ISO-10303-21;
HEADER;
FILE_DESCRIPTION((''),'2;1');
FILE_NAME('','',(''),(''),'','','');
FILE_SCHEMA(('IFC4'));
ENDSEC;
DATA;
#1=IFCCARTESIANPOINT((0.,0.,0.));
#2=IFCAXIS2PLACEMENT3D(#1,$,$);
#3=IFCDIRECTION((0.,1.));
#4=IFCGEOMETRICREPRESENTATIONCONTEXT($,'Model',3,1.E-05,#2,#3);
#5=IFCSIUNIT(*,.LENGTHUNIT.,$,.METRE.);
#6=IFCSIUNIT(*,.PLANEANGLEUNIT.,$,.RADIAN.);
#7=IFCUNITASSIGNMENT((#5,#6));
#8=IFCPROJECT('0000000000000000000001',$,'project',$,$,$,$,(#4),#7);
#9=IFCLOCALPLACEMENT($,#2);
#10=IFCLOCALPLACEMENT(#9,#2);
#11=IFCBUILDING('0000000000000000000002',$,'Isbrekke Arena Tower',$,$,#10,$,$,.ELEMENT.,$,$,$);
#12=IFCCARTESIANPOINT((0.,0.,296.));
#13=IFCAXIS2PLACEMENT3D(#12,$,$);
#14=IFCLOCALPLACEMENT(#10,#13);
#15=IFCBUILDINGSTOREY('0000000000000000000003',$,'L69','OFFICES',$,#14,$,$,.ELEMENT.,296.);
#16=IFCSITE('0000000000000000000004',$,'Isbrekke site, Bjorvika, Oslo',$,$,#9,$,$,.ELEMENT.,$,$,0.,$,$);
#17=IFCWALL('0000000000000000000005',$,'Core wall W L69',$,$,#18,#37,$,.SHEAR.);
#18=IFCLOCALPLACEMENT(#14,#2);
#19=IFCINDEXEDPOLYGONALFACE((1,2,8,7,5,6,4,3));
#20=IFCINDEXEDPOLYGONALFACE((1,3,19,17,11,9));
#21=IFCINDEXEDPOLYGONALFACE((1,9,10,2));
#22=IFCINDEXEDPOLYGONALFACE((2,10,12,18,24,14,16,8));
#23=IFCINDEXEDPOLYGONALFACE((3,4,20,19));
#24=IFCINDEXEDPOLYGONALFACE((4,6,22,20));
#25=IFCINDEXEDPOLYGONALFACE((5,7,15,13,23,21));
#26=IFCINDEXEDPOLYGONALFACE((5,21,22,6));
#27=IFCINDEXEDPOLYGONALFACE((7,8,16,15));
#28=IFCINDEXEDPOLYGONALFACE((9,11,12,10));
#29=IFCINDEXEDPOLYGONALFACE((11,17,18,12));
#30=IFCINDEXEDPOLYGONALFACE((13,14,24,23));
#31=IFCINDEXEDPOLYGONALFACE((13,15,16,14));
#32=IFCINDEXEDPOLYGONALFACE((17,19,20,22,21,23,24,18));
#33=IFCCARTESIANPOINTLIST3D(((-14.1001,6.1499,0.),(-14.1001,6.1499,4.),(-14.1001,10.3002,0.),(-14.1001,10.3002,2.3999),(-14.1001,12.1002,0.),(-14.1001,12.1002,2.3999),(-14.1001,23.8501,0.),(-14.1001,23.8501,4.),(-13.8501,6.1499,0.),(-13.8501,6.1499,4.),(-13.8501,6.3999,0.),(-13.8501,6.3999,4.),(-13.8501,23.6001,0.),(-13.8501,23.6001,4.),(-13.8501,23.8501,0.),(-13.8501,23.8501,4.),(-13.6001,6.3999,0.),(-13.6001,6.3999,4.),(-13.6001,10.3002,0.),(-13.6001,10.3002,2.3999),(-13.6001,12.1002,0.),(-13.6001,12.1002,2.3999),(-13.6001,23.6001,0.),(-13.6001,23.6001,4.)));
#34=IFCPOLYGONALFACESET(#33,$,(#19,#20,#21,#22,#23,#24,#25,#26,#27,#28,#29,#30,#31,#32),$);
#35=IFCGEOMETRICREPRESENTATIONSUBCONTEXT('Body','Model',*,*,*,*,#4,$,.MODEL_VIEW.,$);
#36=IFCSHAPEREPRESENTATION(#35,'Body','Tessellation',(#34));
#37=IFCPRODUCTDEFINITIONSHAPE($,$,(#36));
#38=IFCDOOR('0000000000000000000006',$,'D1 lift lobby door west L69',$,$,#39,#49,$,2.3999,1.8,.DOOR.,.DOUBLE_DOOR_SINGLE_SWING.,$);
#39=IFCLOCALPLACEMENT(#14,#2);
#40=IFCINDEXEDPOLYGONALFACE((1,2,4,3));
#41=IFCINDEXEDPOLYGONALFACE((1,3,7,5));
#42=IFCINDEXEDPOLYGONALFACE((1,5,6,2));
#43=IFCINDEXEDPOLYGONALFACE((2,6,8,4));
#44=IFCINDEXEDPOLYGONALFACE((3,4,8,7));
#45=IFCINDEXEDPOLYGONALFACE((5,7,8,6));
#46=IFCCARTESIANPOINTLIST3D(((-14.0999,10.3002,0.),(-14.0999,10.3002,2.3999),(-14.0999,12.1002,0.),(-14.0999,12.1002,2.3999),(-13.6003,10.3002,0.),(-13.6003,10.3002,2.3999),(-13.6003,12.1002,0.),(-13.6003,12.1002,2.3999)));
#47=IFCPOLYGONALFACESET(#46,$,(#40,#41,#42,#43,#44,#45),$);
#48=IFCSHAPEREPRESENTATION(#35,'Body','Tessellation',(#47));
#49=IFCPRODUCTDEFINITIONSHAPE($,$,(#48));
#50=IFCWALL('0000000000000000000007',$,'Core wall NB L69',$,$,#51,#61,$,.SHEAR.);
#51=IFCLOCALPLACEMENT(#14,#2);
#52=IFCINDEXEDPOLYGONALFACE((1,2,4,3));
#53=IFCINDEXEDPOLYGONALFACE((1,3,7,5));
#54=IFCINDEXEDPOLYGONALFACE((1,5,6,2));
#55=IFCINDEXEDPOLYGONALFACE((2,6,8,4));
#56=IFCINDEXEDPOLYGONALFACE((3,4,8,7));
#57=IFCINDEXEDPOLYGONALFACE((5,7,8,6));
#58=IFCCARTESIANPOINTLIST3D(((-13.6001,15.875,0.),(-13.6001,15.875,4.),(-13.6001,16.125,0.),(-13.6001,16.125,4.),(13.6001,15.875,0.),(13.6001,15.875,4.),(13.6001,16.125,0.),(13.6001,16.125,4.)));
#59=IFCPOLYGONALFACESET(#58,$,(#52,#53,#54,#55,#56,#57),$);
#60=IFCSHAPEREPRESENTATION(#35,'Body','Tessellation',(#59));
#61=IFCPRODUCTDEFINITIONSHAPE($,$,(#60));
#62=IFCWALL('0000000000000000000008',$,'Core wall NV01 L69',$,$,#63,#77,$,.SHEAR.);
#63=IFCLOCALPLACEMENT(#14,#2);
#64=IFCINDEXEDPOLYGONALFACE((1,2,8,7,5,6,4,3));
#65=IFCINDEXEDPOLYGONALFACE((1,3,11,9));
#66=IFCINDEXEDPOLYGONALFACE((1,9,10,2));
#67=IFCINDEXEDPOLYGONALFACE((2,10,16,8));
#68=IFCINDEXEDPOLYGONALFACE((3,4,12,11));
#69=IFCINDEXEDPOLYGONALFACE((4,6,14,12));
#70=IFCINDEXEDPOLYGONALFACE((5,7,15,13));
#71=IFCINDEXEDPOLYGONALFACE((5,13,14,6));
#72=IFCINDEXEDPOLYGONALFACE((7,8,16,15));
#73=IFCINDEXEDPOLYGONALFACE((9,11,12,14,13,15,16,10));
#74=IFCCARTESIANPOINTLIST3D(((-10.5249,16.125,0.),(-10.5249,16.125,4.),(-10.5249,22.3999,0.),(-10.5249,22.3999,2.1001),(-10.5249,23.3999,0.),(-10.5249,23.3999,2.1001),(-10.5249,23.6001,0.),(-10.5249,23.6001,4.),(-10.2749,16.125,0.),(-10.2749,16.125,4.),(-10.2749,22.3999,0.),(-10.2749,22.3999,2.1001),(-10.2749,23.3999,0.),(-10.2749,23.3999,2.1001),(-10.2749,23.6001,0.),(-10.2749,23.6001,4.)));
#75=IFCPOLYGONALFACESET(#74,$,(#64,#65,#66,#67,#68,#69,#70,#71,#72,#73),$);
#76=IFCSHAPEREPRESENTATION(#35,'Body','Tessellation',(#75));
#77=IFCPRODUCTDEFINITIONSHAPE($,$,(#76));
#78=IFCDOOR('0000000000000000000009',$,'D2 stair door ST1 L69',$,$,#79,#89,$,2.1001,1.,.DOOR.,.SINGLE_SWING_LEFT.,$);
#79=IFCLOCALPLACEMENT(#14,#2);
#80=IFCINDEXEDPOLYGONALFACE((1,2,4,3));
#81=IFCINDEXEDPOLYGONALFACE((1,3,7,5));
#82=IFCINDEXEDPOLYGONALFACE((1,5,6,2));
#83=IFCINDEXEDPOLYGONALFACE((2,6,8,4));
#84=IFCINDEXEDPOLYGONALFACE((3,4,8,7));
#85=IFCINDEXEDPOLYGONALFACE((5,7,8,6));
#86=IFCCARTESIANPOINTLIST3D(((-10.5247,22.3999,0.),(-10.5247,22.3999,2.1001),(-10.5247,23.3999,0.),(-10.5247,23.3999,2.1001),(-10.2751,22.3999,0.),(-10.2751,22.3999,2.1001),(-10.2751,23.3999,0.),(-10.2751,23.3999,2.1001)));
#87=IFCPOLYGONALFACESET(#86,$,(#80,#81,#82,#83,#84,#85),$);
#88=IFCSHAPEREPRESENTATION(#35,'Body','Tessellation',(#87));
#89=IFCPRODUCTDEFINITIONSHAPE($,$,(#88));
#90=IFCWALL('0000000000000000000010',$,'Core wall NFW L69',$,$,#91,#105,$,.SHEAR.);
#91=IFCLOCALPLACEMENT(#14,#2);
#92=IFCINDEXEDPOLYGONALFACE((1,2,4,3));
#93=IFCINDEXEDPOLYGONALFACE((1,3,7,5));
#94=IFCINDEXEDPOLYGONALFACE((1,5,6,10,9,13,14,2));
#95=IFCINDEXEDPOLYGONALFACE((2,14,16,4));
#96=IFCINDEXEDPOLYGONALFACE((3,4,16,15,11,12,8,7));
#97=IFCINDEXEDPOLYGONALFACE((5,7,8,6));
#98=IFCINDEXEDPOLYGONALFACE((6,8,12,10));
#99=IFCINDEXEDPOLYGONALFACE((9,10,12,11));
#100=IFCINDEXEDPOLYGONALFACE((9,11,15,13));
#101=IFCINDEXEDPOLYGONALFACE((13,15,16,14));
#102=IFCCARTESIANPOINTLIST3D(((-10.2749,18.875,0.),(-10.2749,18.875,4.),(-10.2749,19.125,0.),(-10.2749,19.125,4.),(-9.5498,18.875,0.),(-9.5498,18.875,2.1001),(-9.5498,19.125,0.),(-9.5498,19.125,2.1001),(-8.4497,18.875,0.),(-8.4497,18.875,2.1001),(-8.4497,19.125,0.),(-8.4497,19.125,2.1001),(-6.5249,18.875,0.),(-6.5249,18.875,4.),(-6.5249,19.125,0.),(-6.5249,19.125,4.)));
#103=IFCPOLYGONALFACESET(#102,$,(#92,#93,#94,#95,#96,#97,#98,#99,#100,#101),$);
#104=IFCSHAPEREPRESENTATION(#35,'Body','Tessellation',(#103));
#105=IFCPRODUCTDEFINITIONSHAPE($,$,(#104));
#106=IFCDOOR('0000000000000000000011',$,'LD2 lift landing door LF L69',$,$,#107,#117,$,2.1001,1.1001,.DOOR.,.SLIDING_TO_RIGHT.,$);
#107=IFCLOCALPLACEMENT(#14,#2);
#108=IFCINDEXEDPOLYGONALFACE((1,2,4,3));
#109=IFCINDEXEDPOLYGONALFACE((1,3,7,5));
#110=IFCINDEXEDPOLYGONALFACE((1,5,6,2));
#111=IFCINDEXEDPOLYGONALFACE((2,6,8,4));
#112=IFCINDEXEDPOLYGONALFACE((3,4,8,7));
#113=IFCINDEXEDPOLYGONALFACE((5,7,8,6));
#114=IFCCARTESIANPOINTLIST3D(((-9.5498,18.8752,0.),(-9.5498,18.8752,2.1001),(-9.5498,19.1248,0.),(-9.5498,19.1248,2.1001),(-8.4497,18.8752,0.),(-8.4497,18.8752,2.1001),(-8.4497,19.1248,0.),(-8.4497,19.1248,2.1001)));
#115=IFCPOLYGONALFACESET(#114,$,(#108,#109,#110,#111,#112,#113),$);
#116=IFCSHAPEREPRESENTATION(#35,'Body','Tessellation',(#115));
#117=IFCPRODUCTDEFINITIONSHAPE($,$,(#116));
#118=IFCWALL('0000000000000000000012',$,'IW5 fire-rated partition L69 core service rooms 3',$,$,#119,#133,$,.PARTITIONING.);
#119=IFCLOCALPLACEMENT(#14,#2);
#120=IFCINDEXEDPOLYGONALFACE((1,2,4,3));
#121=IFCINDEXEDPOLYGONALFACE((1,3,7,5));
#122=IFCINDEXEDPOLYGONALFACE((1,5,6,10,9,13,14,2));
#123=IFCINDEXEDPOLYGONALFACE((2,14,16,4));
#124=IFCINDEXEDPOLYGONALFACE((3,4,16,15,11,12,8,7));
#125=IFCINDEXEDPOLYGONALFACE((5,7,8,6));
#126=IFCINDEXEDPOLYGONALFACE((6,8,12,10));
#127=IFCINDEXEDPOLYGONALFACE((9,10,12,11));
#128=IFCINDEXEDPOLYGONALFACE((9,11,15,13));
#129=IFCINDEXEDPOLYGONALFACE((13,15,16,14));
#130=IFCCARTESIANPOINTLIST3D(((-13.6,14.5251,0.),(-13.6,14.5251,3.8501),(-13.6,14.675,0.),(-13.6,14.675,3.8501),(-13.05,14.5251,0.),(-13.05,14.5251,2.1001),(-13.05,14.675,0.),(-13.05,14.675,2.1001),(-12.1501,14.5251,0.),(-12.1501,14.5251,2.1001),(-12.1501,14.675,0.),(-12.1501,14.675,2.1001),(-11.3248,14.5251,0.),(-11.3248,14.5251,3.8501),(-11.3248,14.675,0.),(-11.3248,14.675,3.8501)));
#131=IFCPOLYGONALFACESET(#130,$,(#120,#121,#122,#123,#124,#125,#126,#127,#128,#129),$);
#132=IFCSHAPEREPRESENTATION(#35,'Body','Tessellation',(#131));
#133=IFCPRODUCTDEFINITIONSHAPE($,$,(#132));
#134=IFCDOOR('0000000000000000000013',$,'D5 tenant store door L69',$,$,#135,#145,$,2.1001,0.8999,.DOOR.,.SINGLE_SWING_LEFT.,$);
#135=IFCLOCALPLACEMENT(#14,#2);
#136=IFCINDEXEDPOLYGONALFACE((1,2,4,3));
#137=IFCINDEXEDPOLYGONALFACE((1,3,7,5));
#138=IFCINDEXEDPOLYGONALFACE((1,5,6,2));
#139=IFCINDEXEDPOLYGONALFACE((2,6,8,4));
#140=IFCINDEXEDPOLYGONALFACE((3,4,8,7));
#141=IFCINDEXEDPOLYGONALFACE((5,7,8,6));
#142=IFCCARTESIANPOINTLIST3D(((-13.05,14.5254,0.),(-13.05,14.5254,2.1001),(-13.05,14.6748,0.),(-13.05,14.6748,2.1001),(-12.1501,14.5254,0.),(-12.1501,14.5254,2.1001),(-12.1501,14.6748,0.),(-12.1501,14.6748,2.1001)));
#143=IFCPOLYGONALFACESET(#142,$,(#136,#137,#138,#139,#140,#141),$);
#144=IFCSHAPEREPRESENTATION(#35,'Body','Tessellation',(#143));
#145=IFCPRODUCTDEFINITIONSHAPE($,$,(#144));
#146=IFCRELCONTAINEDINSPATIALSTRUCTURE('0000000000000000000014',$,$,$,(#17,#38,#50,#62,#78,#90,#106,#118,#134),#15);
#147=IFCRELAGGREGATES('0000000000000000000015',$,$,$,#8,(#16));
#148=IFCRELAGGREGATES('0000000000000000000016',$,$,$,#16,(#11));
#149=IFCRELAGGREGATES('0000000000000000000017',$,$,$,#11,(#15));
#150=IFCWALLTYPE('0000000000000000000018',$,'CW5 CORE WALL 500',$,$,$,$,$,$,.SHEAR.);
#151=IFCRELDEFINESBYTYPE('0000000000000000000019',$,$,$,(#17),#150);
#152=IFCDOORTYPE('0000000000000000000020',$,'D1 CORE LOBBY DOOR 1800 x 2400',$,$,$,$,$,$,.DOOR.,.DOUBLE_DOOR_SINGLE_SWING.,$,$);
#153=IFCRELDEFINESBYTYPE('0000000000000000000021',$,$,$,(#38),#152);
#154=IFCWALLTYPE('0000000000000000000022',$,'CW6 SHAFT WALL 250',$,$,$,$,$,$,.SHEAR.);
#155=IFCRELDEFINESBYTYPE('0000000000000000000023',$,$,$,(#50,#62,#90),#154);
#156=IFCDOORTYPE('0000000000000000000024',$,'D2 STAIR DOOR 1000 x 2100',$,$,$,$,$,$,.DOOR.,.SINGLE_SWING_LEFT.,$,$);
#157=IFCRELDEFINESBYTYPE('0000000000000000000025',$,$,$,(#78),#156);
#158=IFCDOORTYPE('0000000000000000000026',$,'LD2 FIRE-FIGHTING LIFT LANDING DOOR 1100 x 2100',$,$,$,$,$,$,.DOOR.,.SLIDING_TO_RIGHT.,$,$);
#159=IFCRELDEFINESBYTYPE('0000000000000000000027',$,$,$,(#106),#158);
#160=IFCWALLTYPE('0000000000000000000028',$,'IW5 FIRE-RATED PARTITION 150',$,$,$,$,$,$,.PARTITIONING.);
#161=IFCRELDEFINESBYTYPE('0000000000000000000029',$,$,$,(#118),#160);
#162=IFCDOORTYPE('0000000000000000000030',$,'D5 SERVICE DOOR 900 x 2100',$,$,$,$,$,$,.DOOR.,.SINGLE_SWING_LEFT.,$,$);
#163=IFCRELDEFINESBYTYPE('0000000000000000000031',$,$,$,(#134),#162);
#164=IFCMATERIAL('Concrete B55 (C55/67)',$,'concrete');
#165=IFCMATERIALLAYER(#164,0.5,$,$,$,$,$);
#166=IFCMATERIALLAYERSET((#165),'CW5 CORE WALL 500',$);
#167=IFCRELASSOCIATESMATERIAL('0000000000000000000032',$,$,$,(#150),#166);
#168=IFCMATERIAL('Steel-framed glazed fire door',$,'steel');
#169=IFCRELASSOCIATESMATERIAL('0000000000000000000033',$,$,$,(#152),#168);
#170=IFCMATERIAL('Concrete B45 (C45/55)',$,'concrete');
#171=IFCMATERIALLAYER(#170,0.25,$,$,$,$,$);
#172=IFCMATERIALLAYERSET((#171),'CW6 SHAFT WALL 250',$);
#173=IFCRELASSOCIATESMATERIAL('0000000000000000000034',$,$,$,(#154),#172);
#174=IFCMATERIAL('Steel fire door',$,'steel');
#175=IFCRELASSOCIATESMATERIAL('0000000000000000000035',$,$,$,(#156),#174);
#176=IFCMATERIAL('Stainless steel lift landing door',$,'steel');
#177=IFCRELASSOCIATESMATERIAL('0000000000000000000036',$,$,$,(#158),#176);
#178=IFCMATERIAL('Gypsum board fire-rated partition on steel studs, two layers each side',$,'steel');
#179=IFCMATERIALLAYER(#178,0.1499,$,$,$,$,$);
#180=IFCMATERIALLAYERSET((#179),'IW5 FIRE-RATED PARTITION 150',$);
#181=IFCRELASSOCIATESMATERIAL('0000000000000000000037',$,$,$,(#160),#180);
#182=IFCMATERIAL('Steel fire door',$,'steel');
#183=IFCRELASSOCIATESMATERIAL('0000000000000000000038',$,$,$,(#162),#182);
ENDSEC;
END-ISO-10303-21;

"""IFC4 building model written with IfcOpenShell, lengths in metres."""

from ifc_helpers import new_model, si_unit, direction, frame, frame_2d, origin, place, context, subcontext, project, spatial, polyline, rectangle, outline, extrude, material, layer, layer_set, type_object, element, fill, save


model = new_model("IFC4")

# Units and contexts
model_context = context("Model", 3, precision=1e-05, world=origin(), true_north=direction((0.0, 1.0)))
body_context = subcontext(model_context, "Body", "Model", "MODEL_VIEW")
ifc_project = project(units=[si_unit("LENGTHUNIT", "METRE"), si_unit("PLANEANGLEUNIT", "RADIAN")], contexts=[model_context])

# Site, building, storey
site_placement = place(None, origin())
site = spatial("IfcSite", under=ifc_project, at=site_placement, Name="Isbrekke site, Bjorvika, Oslo", CompositionType="ELEMENT", RefElevation=0.0)
building_placement = place(site_placement, origin())
building = spatial("IfcBuilding", under=site, at=building_placement, Name="Isbrekke Arena Tower", CompositionType="ELEMENT")
storey_placement = place(building_placement, frame((0.0, 0.0, 296.0)))
storey = spatial("IfcBuildingStorey", under=building, at=storey_placement, Name="L69", Description="OFFICES", CompositionType="ELEMENT", Elevation=296.0)

# Wall, opening, door
ifc_material_1 = material(Name="Concrete B55 (C55/67)", Category="concrete")
ifc_layer_1 = layer(ifc_material_1, 0.5)
ifc_layer_set_1 = layer_set([ifc_layer_1], Name="CW5 CORE WALL 500")
wall_type_1 = type_object("IfcWallType", Name="CW5 CORE WALL 500", PredefinedType="SHEAR", material=ifc_layer_set_1)
wall_1_placement = place(storey_placement, frame((-13.8501, 23.8501, 0.0), z_axis=(0.0, 0.0, 1.0), x_axis=(0.0, -1.0, 0.0)))
wall_1 = element("IfcWall", 1, at=wall_1_placement, inside=storey, type_object=wall_type_1, Name="Core wall W L69", PredefinedType="SHEAR", context=body_context, shape_type="SweptSolid", body=[
    extrude(outline(polyline([(0.0, -0.25), (17.7002, -0.25), (17.7002, 0.0), (17.4502, 0.0), (17.4502, 0.25), (0.25, 0.25), (0.25, 0.0), (0.0, 0.0), (0.0, -0.25)])), origin(), (0.0, 0.0, 1.0), 4.0),
])
opening_1_placement = place(wall_1_placement, frame((11.75, 0.0, 0.0)))
opening_1 = element("IfcOpeningElement", 2, at=opening_1_placement, cuts=wall_1, PredefinedType="OPENING", context=body_context, shape_type="SweptSolid", body=[
    extrude(rectangle(XDim=1.8, YDim=2.3999, at=frame_2d((0.8999, 1.2))), frame((0.0, 0.2649, 0.0), z_axis=(0.0, -1.0, 0.0), x_axis=(1.0, 0.0, 0.0)), (0.0, 0.0, 1.0), 0.5298),
])
ifc_material_2 = material(Name="Steel-framed glazed fire door", Category="steel")
door_type_1 = type_object("IfcDoorType", Name="D1 CORE LOBBY DOOR 1800 x 2400", OperationType="DOUBLE_DOOR_SINGLE_SWING", PredefinedType="DOOR", material=ifc_material_2)
door_1_placement = place(opening_1_placement, origin())
door_1 = element("IfcDoor", 3, at=door_1_placement, inside=storey, type_object=door_type_1, Name="D1 lift lobby door west L69", OperationType="DOUBLE_DOOR_SINGLE_SWING", OverallHeight=2.3999, OverallWidth=1.8, PredefinedType="DOOR", context=body_context, shape_type="SweptSolid", body=[
    extrude(rectangle(XDim=1.8, YDim=2.3999, at=frame_2d((0.8999, 1.2))), frame((0.0, 0.2498, 0.0), z_axis=(0.0, -1.0, 0.0), x_axis=(1.0, 0.0, 0.0)), (0.0, 0.0, 1.0), 0.4995),
])
fill(opening_1, door_1)

# Wall
ifc_material_3 = material(Name="Concrete B45 (C45/55)", Category="concrete")
ifc_layer_2 = layer(ifc_material_3, 0.25)
ifc_layer_set_2 = layer_set([ifc_layer_2], Name="CW6 SHAFT WALL 250")
wall_type_2 = type_object("IfcWallType", Name="CW6 SHAFT WALL 250", PredefinedType="SHEAR", material=ifc_layer_set_2)
wall_2_placement = place(storey_placement, frame((-13.6001, 16.0, 0.0), z_axis=(0.0, 0.0, 1.0), x_axis=(1.0, 0.0, 0.0)))
element("IfcWall", 4, at=wall_2_placement, inside=storey, type_object=wall_type_2, Name="Core wall NB L69", PredefinedType="SHEAR", context=body_context, shape_type="SweptSolid", body=[
    extrude(rectangle(XDim=27.2002, YDim=0.25, at=frame_2d((13.6001, 0.0))), origin(), (0.0, 0.0, 1.0), 4.0),
])

# Walls, openings, doors
wall_3_placement = place(storey_placement, frame((-10.3999, 16.125, 0.0), z_axis=(0.0, 0.0, 1.0), x_axis=(0.0, 1.0, 0.0)))
wall_3 = element("IfcWall", 5, at=wall_3_placement, inside=storey, type_object=wall_type_2, Name="Core wall NV01 L69", PredefinedType="SHEAR", context=body_context, shape_type="SweptSolid", body=[
    extrude(rectangle(XDim=7.4751, YDim=0.25, at=frame_2d((3.7375, 0.0))), origin(), (0.0, 0.0, 1.0), 4.0),
])
opening_2_placement = place(wall_3_placement, frame((6.2749, 0.0, 0.0)))
opening_2 = element("IfcOpeningElement", 6, at=opening_2_placement, cuts=wall_3, PredefinedType="OPENING", context=body_context, shape_type="SweptSolid", body=[
    extrude(rectangle(XDim=1.0, YDim=2.1001, at=frame_2d((0.5, 1.05))), frame((0.0, 0.1399, 0.0), z_axis=(0.0, -1.0, 0.0), x_axis=(1.0, 0.0, 0.0)), (0.0, 0.0, 1.0), 0.2798),
])
ifc_material_4 = material(Name="Steel fire door", Category="steel")
door_type_2 = type_object("IfcDoorType", Name="D2 STAIR DOOR 1000 x 2100", OperationType="SINGLE_SWING_LEFT", PredefinedType="DOOR", material=ifc_material_4)
door_2_placement = place(opening_2_placement, origin())
door_2 = element("IfcDoor", 7, at=door_2_placement, inside=storey, type_object=door_type_2, Name="D2 stair door ST1 L69", OperationType="SINGLE_SWING_LEFT", OverallHeight=2.1001, OverallWidth=1.0, PredefinedType="DOOR", context=body_context, shape_type="SweptSolid", body=[
    extrude(rectangle(XDim=1.0, YDim=2.1001, at=frame_2d((0.5, 1.05))), frame((0.0, 0.1248, 0.0), z_axis=(0.0, -1.0, 0.0), x_axis=(1.0, 0.0, 0.0)), (0.0, 0.0, 1.0), 0.2495),
])
fill(opening_2, door_2)
wall_4_placement = place(storey_placement, frame((-10.2749, 19.0, 0.0), z_axis=(0.0, 0.0, 1.0), x_axis=(1.0, 0.0, 0.0)))
wall_4 = element("IfcWall", 8, at=wall_4_placement, inside=storey, type_object=wall_type_2, Name="Core wall NFW L69", PredefinedType="SHEAR", context=body_context, shape_type="SweptSolid", body=[
    extrude(rectangle(XDim=3.75, YDim=0.25, at=frame_2d((1.875, 0.0))), origin(), (0.0, 0.0, 1.0), 4.0),
])
opening_3_placement = place(wall_4_placement, frame((0.7251, 0.0, 0.0)))
opening_3 = element("IfcOpeningElement", 9, at=opening_3_placement, cuts=wall_4, PredefinedType="OPENING", context=body_context, shape_type="SweptSolid", body=[
    extrude(rectangle(XDim=1.1001, YDim=2.1001, at=frame_2d((0.55, 1.05))), frame((0.0, 0.1399, 0.0), z_axis=(0.0, -1.0, 0.0), x_axis=(1.0, 0.0, 0.0)), (0.0, 0.0, 1.0), 0.2798),
])
ifc_material_5 = material(Name="Stainless steel lift landing door", Category="steel")
door_type_3 = type_object("IfcDoorType", Name="LD2 FIRE-FIGHTING LIFT LANDING DOOR 1100 x 2100", OperationType="SLIDING_TO_RIGHT", PredefinedType="DOOR", material=ifc_material_5)
door_3_placement = place(opening_3_placement, origin())
door_3 = element("IfcDoor", 10, at=door_3_placement, inside=storey, type_object=door_type_3, Name="LD2 lift landing door LF L69", OperationType="SLIDING_TO_RIGHT", OverallHeight=2.1001, OverallWidth=1.1001, PredefinedType="DOOR", context=body_context, shape_type="SweptSolid", body=[
    extrude(rectangle(XDim=1.1001, YDim=2.1001, at=frame_2d((0.55, 1.05))), frame((0.0, 0.1248, 0.0), z_axis=(0.0, -1.0, 0.0), x_axis=(1.0, 0.0, 0.0)), (0.0, 0.0, 1.0), 0.2495),
])
fill(opening_3, door_3)
ifc_material_6 = material(Name="Gypsum board fire-rated partition on steel studs, two layers each side", Category="steel")
ifc_layer_3 = layer(ifc_material_6, 0.1499)
ifc_layer_set_3 = layer_set([ifc_layer_3], Name="IW5 FIRE-RATED PARTITION 150")
wall_type_3 = type_object("IfcWallType", Name="IW5 FIRE-RATED PARTITION 150", PredefinedType="PARTITIONING", material=ifc_layer_set_3)
wall_5_placement = place(storey_placement, frame((-13.6001, 14.6001, 0.0), z_axis=(0.0, 0.0, 1.0), x_axis=(1.0, 0.0, 0.0)))
wall_5 = element("IfcWall", 11, at=wall_5_placement, inside=storey, type_object=wall_type_3, Name="IW5 fire-rated partition L69 core service rooms 3", PredefinedType="PARTITIONING", context=body_context, shape_type="SweptSolid", body=[
    extrude(rectangle(XDim=2.2751, YDim=0.1499, at=frame_2d((1.1377, 0.0))), origin(), (0.0, 0.0, 1.0), 3.8501),
])
opening_4_placement = place(wall_5_placement, frame((0.55, 0.0, 0.0)))
opening_4 = element("IfcOpeningElement", 12, at=opening_4_placement, cuts=wall_5, PredefinedType="OPENING", context=body_context, shape_type="SweptSolid", body=[
    extrude(rectangle(XDim=0.8999, YDim=2.1001, at=frame_2d((0.45, 1.05))), frame((0.0, 0.0898, 0.0), z_axis=(0.0, -1.0, 0.0), x_axis=(1.0, 0.0, 0.0)), (0.0, 0.0, 1.0), 0.1797),
])
ifc_material_7 = material(Name="Steel fire door", Category="steel")
door_type_4 = type_object("IfcDoorType", Name="D5 SERVICE DOOR 900 x 2100", OperationType="SINGLE_SWING_LEFT", PredefinedType="DOOR", material=ifc_material_7)
door_4_placement = place(opening_4_placement, origin())
door_4 = element("IfcDoor", 13, at=door_4_placement, inside=storey, type_object=door_type_4, Name="D5 tenant store door L69", OperationType="SINGLE_SWING_LEFT", OverallHeight=2.1001, OverallWidth=0.8999, PredefinedType="DOOR", context=body_context, shape_type="SweptSolid", body=[
    extrude(rectangle(XDim=0.8999, YDim=2.1001, at=frame_2d((0.45, 1.05))), frame((0.0, 0.0747, 0.0), z_axis=(0.0, -1.0, 0.0), x_axis=(1.0, 0.0, 0.0)), (0.0, 0.0, 1.0), 0.1494),
])
fill(opening_4, door_4)

save(model, "model.ifc")
